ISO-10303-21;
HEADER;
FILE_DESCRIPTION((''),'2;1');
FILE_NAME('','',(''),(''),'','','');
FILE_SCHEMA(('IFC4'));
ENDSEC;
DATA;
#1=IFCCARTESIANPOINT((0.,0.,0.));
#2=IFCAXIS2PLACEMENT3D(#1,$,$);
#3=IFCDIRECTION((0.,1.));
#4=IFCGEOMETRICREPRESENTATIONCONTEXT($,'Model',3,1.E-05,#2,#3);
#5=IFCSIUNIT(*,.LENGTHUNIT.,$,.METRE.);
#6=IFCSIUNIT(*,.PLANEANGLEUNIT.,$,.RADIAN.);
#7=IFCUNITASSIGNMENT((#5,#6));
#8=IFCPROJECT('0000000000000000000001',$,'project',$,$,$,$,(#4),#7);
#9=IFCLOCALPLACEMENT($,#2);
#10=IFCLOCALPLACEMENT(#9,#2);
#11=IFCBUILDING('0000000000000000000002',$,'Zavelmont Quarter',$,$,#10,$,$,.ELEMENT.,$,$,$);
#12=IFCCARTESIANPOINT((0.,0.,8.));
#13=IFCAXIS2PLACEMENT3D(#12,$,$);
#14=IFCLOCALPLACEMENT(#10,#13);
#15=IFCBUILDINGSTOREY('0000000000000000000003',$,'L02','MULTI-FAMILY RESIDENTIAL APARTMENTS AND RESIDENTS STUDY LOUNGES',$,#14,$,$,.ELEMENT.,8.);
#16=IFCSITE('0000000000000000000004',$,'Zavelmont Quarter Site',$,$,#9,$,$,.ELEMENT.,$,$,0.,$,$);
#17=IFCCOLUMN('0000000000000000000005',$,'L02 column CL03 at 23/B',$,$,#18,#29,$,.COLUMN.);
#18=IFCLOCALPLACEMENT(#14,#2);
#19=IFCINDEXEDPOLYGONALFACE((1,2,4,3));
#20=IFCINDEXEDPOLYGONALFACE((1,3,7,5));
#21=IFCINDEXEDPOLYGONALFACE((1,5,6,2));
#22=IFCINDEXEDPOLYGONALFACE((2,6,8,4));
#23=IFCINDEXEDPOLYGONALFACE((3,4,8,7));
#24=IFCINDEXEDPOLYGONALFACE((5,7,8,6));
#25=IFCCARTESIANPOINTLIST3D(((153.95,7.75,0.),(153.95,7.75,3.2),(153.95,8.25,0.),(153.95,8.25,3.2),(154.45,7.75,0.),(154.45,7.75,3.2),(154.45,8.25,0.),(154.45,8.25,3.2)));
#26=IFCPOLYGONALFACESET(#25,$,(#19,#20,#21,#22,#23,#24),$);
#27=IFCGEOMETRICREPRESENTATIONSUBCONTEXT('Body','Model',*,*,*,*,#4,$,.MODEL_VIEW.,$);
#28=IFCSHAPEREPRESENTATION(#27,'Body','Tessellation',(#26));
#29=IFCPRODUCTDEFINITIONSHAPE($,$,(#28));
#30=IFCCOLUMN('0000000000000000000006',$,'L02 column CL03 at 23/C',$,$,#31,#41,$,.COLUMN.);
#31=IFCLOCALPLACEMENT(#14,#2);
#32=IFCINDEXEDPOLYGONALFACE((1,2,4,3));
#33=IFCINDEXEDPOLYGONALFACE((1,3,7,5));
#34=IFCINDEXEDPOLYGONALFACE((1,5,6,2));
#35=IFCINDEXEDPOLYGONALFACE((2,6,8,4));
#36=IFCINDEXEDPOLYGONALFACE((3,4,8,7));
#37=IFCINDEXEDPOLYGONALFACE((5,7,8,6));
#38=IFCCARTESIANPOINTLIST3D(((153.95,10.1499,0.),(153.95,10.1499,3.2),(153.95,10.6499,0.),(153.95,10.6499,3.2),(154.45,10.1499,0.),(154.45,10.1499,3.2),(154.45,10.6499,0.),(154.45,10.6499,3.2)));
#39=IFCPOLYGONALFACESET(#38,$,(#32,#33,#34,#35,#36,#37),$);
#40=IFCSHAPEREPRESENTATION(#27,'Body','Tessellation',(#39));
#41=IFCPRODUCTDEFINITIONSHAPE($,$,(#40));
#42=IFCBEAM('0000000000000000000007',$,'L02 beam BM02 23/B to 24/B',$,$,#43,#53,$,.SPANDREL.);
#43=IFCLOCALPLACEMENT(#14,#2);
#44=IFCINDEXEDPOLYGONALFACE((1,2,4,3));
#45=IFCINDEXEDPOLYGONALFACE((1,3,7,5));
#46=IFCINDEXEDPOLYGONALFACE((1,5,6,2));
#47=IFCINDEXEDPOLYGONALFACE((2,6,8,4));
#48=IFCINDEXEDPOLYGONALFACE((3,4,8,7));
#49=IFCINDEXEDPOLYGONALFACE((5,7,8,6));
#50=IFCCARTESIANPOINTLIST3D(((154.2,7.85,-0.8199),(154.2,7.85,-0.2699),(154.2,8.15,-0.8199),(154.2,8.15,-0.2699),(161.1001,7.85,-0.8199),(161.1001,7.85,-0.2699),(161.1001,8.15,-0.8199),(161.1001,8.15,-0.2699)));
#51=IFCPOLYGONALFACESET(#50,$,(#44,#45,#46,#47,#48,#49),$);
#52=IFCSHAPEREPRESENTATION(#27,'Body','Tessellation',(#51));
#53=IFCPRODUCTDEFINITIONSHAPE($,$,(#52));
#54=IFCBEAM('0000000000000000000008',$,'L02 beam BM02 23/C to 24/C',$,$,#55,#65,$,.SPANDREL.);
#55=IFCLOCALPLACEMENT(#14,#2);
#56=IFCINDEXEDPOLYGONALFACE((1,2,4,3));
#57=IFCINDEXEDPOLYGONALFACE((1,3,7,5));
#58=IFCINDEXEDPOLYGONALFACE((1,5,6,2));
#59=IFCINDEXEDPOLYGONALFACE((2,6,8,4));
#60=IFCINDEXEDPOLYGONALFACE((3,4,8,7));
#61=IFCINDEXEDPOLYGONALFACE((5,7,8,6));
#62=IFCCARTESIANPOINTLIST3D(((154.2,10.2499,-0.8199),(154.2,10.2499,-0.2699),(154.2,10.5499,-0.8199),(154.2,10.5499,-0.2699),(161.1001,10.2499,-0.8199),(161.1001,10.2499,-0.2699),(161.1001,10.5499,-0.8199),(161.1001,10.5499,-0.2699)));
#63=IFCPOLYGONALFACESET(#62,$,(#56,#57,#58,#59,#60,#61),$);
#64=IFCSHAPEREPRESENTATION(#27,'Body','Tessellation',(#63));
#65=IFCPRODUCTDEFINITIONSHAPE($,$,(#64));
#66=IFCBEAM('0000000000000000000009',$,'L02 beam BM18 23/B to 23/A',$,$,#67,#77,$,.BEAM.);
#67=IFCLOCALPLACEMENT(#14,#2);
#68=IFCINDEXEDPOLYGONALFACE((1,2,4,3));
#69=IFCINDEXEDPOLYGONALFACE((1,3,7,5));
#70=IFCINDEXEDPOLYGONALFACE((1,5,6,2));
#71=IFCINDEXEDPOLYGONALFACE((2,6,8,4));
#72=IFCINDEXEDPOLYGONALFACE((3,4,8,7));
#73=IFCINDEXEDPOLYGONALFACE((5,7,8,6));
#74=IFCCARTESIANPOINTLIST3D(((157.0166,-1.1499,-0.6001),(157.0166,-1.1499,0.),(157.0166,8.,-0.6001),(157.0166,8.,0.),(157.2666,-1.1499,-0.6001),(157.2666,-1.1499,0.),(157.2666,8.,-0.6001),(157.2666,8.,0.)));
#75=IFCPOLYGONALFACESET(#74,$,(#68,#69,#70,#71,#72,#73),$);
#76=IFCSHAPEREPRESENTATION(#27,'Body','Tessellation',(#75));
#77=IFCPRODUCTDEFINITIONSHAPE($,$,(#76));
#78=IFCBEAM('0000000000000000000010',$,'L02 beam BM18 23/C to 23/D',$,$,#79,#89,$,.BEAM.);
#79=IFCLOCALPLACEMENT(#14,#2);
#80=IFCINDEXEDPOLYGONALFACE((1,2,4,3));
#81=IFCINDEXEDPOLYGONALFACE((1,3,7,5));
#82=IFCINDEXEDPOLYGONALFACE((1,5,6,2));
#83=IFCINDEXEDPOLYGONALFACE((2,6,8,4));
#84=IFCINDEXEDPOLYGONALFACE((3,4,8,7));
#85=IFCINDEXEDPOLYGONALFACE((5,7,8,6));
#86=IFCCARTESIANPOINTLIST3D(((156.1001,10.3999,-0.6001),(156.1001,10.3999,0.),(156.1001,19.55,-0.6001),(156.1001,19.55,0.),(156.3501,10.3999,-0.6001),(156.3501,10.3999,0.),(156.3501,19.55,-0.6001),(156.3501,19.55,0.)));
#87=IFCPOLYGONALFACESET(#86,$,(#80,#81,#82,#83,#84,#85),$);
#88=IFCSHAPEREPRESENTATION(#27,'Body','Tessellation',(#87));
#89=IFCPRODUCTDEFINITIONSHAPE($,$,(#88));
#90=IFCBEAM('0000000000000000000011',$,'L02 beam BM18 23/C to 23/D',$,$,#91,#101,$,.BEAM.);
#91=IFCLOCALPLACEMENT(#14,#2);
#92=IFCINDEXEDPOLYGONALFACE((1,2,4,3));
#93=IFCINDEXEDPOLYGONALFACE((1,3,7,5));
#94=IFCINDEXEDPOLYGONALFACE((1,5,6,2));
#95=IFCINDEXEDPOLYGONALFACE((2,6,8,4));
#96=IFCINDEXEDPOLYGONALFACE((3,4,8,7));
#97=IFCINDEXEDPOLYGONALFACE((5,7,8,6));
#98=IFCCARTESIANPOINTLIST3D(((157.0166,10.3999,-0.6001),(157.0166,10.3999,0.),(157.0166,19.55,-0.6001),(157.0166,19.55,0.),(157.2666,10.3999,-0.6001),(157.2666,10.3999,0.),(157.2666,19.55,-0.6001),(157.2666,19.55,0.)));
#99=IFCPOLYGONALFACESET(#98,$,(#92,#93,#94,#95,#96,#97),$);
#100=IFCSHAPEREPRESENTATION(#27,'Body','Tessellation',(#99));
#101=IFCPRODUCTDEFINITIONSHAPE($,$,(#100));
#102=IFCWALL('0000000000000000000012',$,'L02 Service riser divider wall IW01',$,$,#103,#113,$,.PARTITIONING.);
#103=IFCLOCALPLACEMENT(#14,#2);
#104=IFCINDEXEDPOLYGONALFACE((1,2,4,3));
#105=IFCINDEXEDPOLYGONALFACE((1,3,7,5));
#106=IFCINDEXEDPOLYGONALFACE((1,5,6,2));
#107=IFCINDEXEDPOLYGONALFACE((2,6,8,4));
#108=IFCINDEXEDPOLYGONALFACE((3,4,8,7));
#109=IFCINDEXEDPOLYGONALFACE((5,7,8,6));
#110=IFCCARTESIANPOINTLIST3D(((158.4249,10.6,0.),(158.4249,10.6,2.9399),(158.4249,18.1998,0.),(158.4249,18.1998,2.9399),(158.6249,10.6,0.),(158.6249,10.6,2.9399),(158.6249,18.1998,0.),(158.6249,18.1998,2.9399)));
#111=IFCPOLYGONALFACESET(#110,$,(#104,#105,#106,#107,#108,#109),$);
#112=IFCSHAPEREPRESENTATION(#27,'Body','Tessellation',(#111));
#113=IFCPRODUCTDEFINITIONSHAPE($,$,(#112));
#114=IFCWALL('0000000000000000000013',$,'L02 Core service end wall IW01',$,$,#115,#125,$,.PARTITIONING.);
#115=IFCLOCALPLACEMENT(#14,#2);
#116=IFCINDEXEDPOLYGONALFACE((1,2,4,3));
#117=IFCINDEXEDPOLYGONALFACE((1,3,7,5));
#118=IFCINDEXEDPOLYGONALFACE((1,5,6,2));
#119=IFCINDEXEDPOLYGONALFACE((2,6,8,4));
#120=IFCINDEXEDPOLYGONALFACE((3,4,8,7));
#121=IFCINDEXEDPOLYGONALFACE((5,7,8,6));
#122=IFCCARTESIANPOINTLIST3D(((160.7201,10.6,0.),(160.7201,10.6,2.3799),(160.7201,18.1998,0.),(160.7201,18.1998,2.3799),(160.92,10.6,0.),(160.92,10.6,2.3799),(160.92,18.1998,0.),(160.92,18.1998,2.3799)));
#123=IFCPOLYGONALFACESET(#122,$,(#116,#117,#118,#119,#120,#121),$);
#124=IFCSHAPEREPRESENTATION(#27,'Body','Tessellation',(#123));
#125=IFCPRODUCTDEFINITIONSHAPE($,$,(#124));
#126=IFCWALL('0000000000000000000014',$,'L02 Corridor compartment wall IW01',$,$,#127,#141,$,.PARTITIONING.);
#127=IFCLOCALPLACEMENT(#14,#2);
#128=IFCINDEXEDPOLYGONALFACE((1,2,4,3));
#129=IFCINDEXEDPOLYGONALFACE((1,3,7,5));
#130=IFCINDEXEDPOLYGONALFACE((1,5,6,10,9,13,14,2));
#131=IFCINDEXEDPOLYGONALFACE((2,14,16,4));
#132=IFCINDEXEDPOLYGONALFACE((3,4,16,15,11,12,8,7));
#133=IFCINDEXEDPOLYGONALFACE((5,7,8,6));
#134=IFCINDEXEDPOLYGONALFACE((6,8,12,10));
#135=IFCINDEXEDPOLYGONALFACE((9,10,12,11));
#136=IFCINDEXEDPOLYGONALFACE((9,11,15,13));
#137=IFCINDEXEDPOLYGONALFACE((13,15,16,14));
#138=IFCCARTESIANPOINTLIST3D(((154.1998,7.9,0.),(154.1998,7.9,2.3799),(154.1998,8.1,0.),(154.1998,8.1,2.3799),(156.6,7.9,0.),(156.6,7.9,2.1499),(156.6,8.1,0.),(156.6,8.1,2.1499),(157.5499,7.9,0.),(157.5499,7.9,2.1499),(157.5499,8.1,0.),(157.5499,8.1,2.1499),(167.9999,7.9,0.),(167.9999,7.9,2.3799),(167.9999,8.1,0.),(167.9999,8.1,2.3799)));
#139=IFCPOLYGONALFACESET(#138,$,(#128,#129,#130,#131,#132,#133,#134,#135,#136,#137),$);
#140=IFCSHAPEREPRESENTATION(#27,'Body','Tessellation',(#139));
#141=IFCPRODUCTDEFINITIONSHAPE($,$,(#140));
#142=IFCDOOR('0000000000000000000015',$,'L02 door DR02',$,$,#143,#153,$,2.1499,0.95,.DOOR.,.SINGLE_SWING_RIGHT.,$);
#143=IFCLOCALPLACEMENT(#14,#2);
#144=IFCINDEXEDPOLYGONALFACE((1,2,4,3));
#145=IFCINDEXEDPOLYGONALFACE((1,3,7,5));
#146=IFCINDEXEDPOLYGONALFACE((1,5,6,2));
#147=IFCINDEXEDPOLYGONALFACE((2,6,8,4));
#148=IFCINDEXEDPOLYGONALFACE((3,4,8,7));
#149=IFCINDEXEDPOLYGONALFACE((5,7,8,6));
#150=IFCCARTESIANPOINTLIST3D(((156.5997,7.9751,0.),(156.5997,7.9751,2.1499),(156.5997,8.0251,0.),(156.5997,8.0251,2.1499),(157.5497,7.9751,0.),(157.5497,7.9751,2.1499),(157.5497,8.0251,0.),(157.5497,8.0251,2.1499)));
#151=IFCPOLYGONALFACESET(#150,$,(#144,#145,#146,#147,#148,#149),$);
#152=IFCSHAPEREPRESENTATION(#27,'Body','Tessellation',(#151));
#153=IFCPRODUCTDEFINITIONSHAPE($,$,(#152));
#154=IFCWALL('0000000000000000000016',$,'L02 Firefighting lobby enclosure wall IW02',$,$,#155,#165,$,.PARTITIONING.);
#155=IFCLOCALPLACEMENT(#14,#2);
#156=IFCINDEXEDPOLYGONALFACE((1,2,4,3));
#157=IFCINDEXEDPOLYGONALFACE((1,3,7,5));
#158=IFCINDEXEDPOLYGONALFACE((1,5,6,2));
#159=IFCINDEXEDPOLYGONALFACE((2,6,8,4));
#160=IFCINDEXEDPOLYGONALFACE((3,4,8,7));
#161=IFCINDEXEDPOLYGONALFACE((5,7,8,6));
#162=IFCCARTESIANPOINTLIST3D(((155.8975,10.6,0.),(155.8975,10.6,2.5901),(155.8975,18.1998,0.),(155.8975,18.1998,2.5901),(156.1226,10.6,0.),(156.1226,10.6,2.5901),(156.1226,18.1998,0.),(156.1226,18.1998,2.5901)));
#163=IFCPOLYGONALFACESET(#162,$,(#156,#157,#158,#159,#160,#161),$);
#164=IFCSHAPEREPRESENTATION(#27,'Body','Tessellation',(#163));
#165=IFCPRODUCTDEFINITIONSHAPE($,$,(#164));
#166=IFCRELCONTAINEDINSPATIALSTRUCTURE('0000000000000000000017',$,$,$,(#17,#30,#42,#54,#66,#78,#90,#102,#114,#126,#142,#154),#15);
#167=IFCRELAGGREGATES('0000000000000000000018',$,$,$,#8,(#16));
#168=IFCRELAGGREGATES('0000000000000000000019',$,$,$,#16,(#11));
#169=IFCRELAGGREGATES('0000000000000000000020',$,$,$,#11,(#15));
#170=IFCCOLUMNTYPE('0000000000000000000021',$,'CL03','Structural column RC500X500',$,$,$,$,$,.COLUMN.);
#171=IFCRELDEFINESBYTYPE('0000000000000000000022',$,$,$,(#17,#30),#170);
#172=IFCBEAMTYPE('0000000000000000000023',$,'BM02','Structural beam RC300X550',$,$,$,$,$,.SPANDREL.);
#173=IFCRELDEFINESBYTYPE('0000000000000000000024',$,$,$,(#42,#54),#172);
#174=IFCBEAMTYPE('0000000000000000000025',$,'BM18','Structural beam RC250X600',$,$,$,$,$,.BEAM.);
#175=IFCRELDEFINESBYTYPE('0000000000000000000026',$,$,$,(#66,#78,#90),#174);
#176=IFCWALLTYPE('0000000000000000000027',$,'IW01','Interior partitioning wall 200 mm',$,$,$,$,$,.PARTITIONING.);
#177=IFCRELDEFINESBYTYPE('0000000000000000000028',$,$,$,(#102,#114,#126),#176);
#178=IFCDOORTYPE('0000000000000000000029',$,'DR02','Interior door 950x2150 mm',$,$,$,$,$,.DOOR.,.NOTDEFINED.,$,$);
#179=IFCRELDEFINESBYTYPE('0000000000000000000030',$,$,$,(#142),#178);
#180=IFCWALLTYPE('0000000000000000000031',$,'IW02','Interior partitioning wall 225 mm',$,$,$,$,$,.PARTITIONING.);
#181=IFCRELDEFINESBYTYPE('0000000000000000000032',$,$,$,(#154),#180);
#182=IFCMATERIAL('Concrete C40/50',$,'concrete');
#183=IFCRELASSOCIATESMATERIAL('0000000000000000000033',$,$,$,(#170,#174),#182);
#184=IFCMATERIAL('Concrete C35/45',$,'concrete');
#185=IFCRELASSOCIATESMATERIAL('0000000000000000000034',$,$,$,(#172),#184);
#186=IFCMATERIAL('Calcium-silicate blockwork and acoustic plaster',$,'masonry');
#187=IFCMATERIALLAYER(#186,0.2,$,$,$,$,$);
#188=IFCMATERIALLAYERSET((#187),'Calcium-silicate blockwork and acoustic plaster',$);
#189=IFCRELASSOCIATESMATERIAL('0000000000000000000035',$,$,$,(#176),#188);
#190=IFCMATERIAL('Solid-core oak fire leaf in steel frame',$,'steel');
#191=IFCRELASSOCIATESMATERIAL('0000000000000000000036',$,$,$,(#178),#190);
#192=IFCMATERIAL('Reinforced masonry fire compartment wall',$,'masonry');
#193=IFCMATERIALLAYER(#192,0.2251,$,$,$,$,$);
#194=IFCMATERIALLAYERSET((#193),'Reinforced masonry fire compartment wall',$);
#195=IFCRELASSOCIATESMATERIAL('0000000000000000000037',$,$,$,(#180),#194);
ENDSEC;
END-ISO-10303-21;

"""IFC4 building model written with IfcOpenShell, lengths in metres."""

from ifc_helpers import new_model, si_unit, direction, frame, frame_2d, origin, origin_2d, place, context, subcontext, project, spatial, rectangle, extrude, material, layer, layer_set, material_profile, profile_set, type_object, element, fill, save


model = new_model("IFC4")

# Units and contexts
model_context = context("Model", 3, precision=1e-05, world=origin(), true_north=direction((0.0, 1.0)))
body_context = subcontext(model_context, "Body", "Model", "MODEL_VIEW")
ifc_project = project(units=[si_unit("LENGTHUNIT", "METRE"), si_unit("PLANEANGLEUNIT", "RADIAN")], contexts=[model_context])

# Site, building, storey
site_placement = place(None, origin())
site = spatial("IfcSite", under=ifc_project, at=site_placement, Name="Zavelmont Quarter Site", CompositionType="ELEMENT", RefElevation=0.0)
building_placement = place(site_placement, origin())
building = spatial("IfcBuilding", under=site, at=building_placement, Name="Zavelmont Quarter", CompositionType="ELEMENT")
storey_placement = place(building_placement, frame((0.0, 0.0, 8.0)))
storey = spatial("IfcBuildingStorey", under=building, at=storey_placement, Name="L02", Description="MULTI-FAMILY RESIDENTIAL APARTMENTS AND RESIDENTS STUDY LOUNGES", CompositionType="ELEMENT", Elevation=8.0)

# Columns
ifc_material_1 = material(Name="Concrete C40/50", Category="concrete")
ifc_material_profile_1 = material_profile(ifc_material_1, rectangle(XDim=0.5, YDim=0.5, at=origin_2d()), Name="RC500X500")
ifc_profile_set_1 = profile_set([ifc_material_profile_1], Name="Concrete C40/50")
column_type = type_object("IfcColumnType", Name="CL03", Description="Structural column RC500X500", PredefinedType="COLUMN", material=ifc_profile_set_1)
for number, where, z_axis, x_axis, name in (
    (1, (154.2, 8.0, 0.0), (0.0, 0.0, 1.0), (1.0, 0.0, 0.0), "L02 column CL03 at 23/B"),
    (2, (154.2, 10.3999, 0.0), (0.0, 0.0, 1.0), (1.0, 0.0, 0.0), "L02 column CL03 at 23/C"),
):
    element("IfcColumn", number, at=place(storey_placement, frame(where, z_axis=z_axis, x_axis=x_axis)), inside=storey, type_object=column_type, Name=name, PredefinedType="COLUMN", context=body_context, shape_type="SweptSolid", body=[
        extrude(rectangle(XDim=0.5, YDim=0.5, at=origin_2d()), origin(), (0.0, 0.0, 1.0), 3.2),
    ])

# Beams
ifc_material_2 = material(Name="Concrete C35/45", Category="concrete")
ifc_material_profile_2 = material_profile(ifc_material_2, rectangle(XDim=0.3, YDim=0.55, at=origin_2d()), Name="RC300X550")
ifc_profile_set_2 = profile_set([ifc_material_profile_2], Name="Concrete C35/45")
beam_type_1 = type_object("IfcBeamType", Name="BM02", Description="Structural beam RC300X550", PredefinedType="SPANDREL", material=ifc_profile_set_2)
for number, where, z_axis, x_axis, name in (
    (3, (154.2, 8.0, -0.5449), (1.0, 0.0, 0.0), (0.0, 1.0, 0.0), "L02 beam BM02 23/B to 24/B"),
    (4, (154.2, 10.3999, -0.5449), (1.0, 0.0, 0.0), (0.0, 1.0, 0.0), "L02 beam BM02 23/C to 24/C"),
):
    element("IfcBeam", number, at=place(storey_placement, frame(where, z_axis=z_axis, x_axis=x_axis)), inside=storey, type_object=beam_type_1, Name=name, PredefinedType="SPANDREL", context=body_context, shape_type="SweptSolid", body=[
        extrude(rectangle(XDim=0.3, YDim=0.55, at=origin_2d()), origin(), (0.0, 0.0, 1.0), 6.9001),
    ])
ifc_material_profile_3 = material_profile(ifc_material_1, rectangle(XDim=0.25, YDim=0.6001, at=origin_2d()), Name="RC250X600")
ifc_profile_set_3 = profile_set([ifc_material_profile_3], Name="Concrete C40/50")
beam_type_2 = type_object("IfcBeamType", Name="BM18", Description="Structural beam RC250X600", PredefinedType="BEAM", material=ifc_profile_set_3)
beam_placement = place(storey_placement, frame((157.1416, 8.0, -0.3), z_axis=(0.0, -1.0, 0.0), x_axis=(1.0, 0.0, 0.0)))
element("IfcBeam", 5, at=beam_placement, inside=storey, type_object=beam_type_2, Name="L02 beam BM18 23/B to 23/A", PredefinedType="BEAM", context=body_context, shape_type="SweptSolid", body=[
    extrude(rectangle(XDim=0.25, YDim=0.6001, at=origin_2d()), origin(), (0.0, 0.0, 1.0), 9.1499),
])
for number, where, z_axis, x_axis, name in (
    (6, (156.2251, 10.3999, -0.3), (0.0, 1.0, 0.0), (-1.0, 0.0, 0.0), "L02 beam BM18 23/C to 23/D"),
    (7, (157.1416, 10.3999, -0.3), (0.0, 1.0, 0.0), (-1.0, 0.0, 0.0), "L02 beam BM18 23/C to 23/D"),
):
    element("IfcBeam", number, at=place(storey_placement, frame(where, z_axis=z_axis, x_axis=x_axis)), inside=storey, type_object=beam_type_2, Name=name, PredefinedType="BEAM", context=body_context, shape_type="SweptSolid", body=[
        extrude(rectangle(XDim=0.25, YDim=0.6001, at=origin_2d()), origin(), (0.0, 0.0, 1.0), 9.1501),
    ])

# Walls
ifc_material_3 = material(Name="Calcium-silicate blockwork and acoustic plaster", Category="masonry")
ifc_layer_1 = layer(ifc_material_3, 0.2)
ifc_layer_set_1 = layer_set([ifc_layer_1], Name="Calcium-silicate blockwork and acoustic plaster")
wall_type_1 = type_object("IfcWallType", Name="IW01", Description="Interior partitioning wall 200 mm", PredefinedType="PARTITIONING", material=ifc_layer_set_1)
wall_1_placement = place(storey_placement, frame((158.5249, 10.6001, 0.0), z_axis=(0.0, 0.0, 1.0), x_axis=(0.0, 1.0, 0.0)))
element("IfcWall", 8, at=wall_1_placement, inside=storey, type_object=wall_type_1, Name="L02 Service riser divider wall IW01", PredefinedType="PARTITIONING", context=body_context, shape_type="SweptSolid", body=[
    extrude(rectangle(XDim=7.5999, YDim=0.2, at=frame_2d((3.7998, 0.0))), origin(), (0.0, 0.0, 1.0), 2.9399),
])
wall_2_placement = place(storey_placement, frame((160.8201, 10.6001, 0.0), z_axis=(0.0, 0.0, 1.0), x_axis=(0.0, 1.0, 0.0)))
element("IfcWall", 9, at=wall_2_placement, inside=storey, type_object=wall_type_1, Name="L02 Core service end wall IW01", PredefinedType="PARTITIONING", context=body_context, shape_type="SweptSolid", body=[
    extrude(rectangle(XDim=7.5999, YDim=0.2, at=frame_2d((3.7998, 0.0))), origin(), (0.0, 0.0, 1.0), 2.3799),
])

# Wall, opening, door
wall_3_placement = place(storey_placement, frame((154.2, 8.0, 0.0), z_axis=(0.0, 0.0, 1.0), x_axis=(1.0, 0.0, 0.0)))
wall_3 = element("IfcWall", 10, at=wall_3_placement, inside=storey, type_object=wall_type_1, Name="L02 Corridor compartment wall IW01", PredefinedType="PARTITIONING", context=body_context, shape_type="SweptSolid", body=[
    extrude(rectangle(XDim=13.8, YDim=0.2, at=frame_2d((6.8999, 0.0))), origin(), (0.0, 0.0, 1.0), 2.3799),
])
opening_1_placement = place(wall_3_placement, frame((2.3999, 0.0, 0.0)))
opening_1 = element("IfcOpeningElement", 11, at=opening_1_placement, cuts=wall_3, PredefinedType="OPENING", context=body_context, shape_type="SweptSolid", body=[
    extrude(rectangle(XDim=0.95, YDim=2.1499, at=frame_2d((0.4751, 1.075))), frame((0.0, 0.1118, 0.0), z_axis=(0.0, -1.0, 0.0), x_axis=(1.0, 0.0, 0.0)), (0.0, 0.0, 1.0), 0.2239),
])
ifc_material_4 = material(Name="Solid-core oak fire leaf in steel frame", Category="steel")
door_type_1 = type_object("IfcDoorType", Name="DR02", Description="Interior door 950x2150 mm", OperationType="NOTDEFINED", PredefinedType="DOOR", material=ifc_material_4)
door_1_placement = place(opening_1_placement, frame((0.95, 0.0, 0.0), z_axis=(0.0, 0.0, 1.0), x_axis=(-1.0, 0.0, 0.0)))
door_1 = element("IfcDoor", 12, at=door_1_placement, inside=storey, type_object=door_type_1, Name="L02 door DR02", OperationType="SINGLE_SWING_RIGHT", OverallHeight=2.1499, OverallWidth=0.95, PredefinedType="DOOR", context=body_context, shape_type="SweptSolid", body=[
    extrude(rectangle(XDim=0.95, YDim=2.1499, at=frame_2d((0.4751, 1.075))), frame((0.0, 0.0249, 0.0), z_axis=(0.0, -1.0, 0.0), x_axis=(1.0, 0.0, 0.0)), (0.0, 0.0, 1.0), 0.05),
])
fill(opening_1, door_1)

# Wall
ifc_material_5 = material(Name="Reinforced masonry fire compartment wall", Category="masonry")
ifc_layer_2 = layer(ifc_material_5, 0.2251)
ifc_layer_set_2 = layer_set([ifc_layer_2], Name="Reinforced masonry fire compartment wall")
wall_type_2 = type_object("IfcWallType", Name="IW02", Description="Interior partitioning wall 225 mm", PredefinedType="PARTITIONING", material=ifc_layer_set_2)
wall_4_placement = place(storey_placement, frame((156.01, 10.6001, 0.0), z_axis=(0.0, 0.0, 1.0), x_axis=(0.0, 1.0, 0.0)))
element("IfcWall", 13, at=wall_4_placement, inside=storey, type_object=wall_type_2, Name="L02 Firefighting lobby enclosure wall IW02", PredefinedType="PARTITIONING", context=body_context, shape_type="SweptSolid", body=[
    extrude(rectangle(XDim=7.5999, YDim=0.2251, at=frame_2d((3.7998, 0.0))), origin(), (0.0, 0.0, 1.0), 2.5901),
])

save(model, "model.ifc")
